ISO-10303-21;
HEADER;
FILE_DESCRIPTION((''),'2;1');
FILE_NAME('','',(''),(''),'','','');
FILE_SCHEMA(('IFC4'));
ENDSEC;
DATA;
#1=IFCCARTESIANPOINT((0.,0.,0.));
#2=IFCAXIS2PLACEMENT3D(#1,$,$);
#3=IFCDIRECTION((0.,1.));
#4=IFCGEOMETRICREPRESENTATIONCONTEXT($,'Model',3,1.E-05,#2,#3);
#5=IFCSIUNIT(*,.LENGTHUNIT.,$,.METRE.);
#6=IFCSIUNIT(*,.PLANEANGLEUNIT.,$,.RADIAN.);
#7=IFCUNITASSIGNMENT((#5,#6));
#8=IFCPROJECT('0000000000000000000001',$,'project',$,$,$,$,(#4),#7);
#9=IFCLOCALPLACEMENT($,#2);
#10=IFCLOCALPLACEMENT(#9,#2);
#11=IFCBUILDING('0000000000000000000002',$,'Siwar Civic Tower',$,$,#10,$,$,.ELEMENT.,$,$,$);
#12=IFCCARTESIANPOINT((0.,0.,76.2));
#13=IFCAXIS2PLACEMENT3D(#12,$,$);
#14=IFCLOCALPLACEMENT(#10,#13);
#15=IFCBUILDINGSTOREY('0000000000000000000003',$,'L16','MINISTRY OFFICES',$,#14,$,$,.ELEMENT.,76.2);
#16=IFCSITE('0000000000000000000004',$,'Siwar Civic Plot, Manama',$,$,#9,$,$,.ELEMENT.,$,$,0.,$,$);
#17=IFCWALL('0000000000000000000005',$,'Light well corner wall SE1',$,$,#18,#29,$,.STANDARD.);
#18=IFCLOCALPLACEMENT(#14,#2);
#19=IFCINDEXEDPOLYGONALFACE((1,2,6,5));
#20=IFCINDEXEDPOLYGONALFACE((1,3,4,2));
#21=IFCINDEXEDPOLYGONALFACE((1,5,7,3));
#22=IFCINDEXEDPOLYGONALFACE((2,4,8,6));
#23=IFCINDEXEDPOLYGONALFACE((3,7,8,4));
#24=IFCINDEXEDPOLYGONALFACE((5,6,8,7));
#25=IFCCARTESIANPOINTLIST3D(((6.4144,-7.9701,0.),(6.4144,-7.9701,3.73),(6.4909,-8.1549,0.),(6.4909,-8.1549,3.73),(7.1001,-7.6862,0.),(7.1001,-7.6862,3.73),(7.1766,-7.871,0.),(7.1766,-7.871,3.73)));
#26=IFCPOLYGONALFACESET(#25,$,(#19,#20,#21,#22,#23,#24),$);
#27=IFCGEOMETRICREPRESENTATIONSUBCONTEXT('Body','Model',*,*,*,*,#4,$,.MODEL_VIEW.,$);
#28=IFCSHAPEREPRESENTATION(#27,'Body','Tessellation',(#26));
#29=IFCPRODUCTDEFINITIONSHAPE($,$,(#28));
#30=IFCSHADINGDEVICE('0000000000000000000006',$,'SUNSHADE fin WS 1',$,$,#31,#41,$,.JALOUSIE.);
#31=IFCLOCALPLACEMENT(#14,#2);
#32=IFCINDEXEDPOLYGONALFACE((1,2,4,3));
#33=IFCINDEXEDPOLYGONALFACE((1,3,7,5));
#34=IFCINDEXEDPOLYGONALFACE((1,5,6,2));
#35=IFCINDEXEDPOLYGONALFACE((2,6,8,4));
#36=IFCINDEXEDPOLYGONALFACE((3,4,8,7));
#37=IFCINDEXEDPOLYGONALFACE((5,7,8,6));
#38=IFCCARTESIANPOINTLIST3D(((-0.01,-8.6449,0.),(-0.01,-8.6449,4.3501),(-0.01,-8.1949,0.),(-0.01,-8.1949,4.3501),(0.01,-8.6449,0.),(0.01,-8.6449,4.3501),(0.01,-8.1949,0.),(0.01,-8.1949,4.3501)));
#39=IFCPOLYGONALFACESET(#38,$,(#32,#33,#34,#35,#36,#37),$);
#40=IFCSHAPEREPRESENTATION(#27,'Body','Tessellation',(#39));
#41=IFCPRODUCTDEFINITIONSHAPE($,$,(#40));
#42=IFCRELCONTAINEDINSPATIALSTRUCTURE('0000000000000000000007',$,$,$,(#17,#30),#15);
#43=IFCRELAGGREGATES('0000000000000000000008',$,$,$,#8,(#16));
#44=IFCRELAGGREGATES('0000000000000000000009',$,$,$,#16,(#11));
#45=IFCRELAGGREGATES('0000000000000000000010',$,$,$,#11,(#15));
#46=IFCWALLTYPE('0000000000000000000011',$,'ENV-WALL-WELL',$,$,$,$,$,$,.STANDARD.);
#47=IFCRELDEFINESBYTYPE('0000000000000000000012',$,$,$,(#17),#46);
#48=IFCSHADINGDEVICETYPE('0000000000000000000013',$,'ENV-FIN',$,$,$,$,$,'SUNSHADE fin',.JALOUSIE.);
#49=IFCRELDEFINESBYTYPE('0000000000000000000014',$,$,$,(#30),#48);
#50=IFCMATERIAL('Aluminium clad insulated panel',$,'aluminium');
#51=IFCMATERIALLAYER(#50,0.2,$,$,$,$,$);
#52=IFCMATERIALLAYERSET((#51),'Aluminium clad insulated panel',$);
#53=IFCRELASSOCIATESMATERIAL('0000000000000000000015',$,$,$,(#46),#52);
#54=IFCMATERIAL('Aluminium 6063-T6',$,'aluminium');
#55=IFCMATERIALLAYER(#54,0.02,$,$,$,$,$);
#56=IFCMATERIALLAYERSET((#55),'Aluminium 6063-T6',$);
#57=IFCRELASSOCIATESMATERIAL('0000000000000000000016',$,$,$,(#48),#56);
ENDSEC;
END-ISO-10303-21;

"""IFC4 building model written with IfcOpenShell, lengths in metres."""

from ifc_helpers import new_model, si_unit, direction, frame, frame_2d, origin, origin_2d, place, context, subcontext, project, spatial, rectangle, extrude, material, layer, layer_set, type_object, element, save


model = new_model("IFC4")

# Units and contexts
model_context = context("Model", 3, precision=1e-05, world=origin(), true_north=direction((0.0, 1.0)))
body_context = subcontext(model_context, "Body", "Model", "MODEL_VIEW")
ifc_project = project(units=[si_unit("LENGTHUNIT", "METRE"), si_unit("PLANEANGLEUNIT", "RADIAN")], contexts=[model_context])

# Site, building, storey
site_placement = place(None, origin())
site = spatial("IfcSite", under=ifc_project, at=site_placement, Name="Siwar Civic Plot, Manama", CompositionType="ELEMENT", RefElevation=0.0)
building_placement = place(site_placement, origin())
building = spatial("IfcBuilding", under=site, at=building_placement, Name="Siwar Civic Tower", CompositionType="ELEMENT")
storey_placement = place(building_placement, frame((0.0, 0.0, 76.2)))
storey = spatial("IfcBuildingStorey", under=building, at=storey_placement, Name="L16", Description="MINISTRY OFFICES", CompositionType="ELEMENT", Elevation=76.2)

# Wall
ifc_material_1 = material(Name="Aluminium clad insulated panel", Category="aluminium")
ifc_layer_1 = layer(ifc_material_1, 0.2)
ifc_layer_set_1 = layer_set([ifc_layer_1], Name="Aluminium clad insulated panel")
wall_type_1 = type_object("IfcWallType", Name="ENV-WALL-WELL", PredefinedType="STANDARD", material=ifc_layer_set_1)
wall_1_placement = place(storey_placement, frame((6.4526, -8.0625, 0.0), z_axis=(0.0, 0.0, 1.0), x_axis=(0.923941, 0.382536, 0.0)))
element("IfcWall", 1, at=wall_1_placement, inside=storey, type_object=wall_type_1, Name="Light well corner wall SE1", PredefinedType="STANDARD", context=body_context, shape_type="SweptSolid", body=[
    extrude(rectangle(XDim=0.7422, YDim=0.2, at=frame_2d((0.3711, 0.0))), origin(), (0.0, 0.0, 1.0), 3.73),
])

# Shading device
ifc_material_2 = material(Name="Aluminium 6063-T6", Category="aluminium")
ifc_layer_2 = layer(ifc_material_2, 0.02)
ifc_layer_set_2 = layer_set([ifc_layer_2], Name="Aluminium 6063-T6")
shading_device_type = type_object("IfcShadingDeviceType", Name="ENV-FIN", ElementType="SUNSHADE fin", PredefinedType="JALOUSIE", material=ifc_layer_set_2)
shading_device_placement = place(storey_placement, frame((0.0, -8.4199, 0.0), z_axis=(0.0, 0.0, 1.0), x_axis=(1.0, 0.0, 0.0)))
element("IfcShadingDevice", 2, at=shading_device_placement, inside=storey, type_object=shading_device_type, Name="SUNSHADE fin WS 1", PredefinedType="JALOUSIE", context=body_context, shape_type="SweptSolid", body=[
    extrude(rectangle(XDim=0.02, YDim=0.45, at=origin_2d()), origin(), (0.0, 0.0, 1.0), 4.3501),
])

save(model, "model.ifc")
